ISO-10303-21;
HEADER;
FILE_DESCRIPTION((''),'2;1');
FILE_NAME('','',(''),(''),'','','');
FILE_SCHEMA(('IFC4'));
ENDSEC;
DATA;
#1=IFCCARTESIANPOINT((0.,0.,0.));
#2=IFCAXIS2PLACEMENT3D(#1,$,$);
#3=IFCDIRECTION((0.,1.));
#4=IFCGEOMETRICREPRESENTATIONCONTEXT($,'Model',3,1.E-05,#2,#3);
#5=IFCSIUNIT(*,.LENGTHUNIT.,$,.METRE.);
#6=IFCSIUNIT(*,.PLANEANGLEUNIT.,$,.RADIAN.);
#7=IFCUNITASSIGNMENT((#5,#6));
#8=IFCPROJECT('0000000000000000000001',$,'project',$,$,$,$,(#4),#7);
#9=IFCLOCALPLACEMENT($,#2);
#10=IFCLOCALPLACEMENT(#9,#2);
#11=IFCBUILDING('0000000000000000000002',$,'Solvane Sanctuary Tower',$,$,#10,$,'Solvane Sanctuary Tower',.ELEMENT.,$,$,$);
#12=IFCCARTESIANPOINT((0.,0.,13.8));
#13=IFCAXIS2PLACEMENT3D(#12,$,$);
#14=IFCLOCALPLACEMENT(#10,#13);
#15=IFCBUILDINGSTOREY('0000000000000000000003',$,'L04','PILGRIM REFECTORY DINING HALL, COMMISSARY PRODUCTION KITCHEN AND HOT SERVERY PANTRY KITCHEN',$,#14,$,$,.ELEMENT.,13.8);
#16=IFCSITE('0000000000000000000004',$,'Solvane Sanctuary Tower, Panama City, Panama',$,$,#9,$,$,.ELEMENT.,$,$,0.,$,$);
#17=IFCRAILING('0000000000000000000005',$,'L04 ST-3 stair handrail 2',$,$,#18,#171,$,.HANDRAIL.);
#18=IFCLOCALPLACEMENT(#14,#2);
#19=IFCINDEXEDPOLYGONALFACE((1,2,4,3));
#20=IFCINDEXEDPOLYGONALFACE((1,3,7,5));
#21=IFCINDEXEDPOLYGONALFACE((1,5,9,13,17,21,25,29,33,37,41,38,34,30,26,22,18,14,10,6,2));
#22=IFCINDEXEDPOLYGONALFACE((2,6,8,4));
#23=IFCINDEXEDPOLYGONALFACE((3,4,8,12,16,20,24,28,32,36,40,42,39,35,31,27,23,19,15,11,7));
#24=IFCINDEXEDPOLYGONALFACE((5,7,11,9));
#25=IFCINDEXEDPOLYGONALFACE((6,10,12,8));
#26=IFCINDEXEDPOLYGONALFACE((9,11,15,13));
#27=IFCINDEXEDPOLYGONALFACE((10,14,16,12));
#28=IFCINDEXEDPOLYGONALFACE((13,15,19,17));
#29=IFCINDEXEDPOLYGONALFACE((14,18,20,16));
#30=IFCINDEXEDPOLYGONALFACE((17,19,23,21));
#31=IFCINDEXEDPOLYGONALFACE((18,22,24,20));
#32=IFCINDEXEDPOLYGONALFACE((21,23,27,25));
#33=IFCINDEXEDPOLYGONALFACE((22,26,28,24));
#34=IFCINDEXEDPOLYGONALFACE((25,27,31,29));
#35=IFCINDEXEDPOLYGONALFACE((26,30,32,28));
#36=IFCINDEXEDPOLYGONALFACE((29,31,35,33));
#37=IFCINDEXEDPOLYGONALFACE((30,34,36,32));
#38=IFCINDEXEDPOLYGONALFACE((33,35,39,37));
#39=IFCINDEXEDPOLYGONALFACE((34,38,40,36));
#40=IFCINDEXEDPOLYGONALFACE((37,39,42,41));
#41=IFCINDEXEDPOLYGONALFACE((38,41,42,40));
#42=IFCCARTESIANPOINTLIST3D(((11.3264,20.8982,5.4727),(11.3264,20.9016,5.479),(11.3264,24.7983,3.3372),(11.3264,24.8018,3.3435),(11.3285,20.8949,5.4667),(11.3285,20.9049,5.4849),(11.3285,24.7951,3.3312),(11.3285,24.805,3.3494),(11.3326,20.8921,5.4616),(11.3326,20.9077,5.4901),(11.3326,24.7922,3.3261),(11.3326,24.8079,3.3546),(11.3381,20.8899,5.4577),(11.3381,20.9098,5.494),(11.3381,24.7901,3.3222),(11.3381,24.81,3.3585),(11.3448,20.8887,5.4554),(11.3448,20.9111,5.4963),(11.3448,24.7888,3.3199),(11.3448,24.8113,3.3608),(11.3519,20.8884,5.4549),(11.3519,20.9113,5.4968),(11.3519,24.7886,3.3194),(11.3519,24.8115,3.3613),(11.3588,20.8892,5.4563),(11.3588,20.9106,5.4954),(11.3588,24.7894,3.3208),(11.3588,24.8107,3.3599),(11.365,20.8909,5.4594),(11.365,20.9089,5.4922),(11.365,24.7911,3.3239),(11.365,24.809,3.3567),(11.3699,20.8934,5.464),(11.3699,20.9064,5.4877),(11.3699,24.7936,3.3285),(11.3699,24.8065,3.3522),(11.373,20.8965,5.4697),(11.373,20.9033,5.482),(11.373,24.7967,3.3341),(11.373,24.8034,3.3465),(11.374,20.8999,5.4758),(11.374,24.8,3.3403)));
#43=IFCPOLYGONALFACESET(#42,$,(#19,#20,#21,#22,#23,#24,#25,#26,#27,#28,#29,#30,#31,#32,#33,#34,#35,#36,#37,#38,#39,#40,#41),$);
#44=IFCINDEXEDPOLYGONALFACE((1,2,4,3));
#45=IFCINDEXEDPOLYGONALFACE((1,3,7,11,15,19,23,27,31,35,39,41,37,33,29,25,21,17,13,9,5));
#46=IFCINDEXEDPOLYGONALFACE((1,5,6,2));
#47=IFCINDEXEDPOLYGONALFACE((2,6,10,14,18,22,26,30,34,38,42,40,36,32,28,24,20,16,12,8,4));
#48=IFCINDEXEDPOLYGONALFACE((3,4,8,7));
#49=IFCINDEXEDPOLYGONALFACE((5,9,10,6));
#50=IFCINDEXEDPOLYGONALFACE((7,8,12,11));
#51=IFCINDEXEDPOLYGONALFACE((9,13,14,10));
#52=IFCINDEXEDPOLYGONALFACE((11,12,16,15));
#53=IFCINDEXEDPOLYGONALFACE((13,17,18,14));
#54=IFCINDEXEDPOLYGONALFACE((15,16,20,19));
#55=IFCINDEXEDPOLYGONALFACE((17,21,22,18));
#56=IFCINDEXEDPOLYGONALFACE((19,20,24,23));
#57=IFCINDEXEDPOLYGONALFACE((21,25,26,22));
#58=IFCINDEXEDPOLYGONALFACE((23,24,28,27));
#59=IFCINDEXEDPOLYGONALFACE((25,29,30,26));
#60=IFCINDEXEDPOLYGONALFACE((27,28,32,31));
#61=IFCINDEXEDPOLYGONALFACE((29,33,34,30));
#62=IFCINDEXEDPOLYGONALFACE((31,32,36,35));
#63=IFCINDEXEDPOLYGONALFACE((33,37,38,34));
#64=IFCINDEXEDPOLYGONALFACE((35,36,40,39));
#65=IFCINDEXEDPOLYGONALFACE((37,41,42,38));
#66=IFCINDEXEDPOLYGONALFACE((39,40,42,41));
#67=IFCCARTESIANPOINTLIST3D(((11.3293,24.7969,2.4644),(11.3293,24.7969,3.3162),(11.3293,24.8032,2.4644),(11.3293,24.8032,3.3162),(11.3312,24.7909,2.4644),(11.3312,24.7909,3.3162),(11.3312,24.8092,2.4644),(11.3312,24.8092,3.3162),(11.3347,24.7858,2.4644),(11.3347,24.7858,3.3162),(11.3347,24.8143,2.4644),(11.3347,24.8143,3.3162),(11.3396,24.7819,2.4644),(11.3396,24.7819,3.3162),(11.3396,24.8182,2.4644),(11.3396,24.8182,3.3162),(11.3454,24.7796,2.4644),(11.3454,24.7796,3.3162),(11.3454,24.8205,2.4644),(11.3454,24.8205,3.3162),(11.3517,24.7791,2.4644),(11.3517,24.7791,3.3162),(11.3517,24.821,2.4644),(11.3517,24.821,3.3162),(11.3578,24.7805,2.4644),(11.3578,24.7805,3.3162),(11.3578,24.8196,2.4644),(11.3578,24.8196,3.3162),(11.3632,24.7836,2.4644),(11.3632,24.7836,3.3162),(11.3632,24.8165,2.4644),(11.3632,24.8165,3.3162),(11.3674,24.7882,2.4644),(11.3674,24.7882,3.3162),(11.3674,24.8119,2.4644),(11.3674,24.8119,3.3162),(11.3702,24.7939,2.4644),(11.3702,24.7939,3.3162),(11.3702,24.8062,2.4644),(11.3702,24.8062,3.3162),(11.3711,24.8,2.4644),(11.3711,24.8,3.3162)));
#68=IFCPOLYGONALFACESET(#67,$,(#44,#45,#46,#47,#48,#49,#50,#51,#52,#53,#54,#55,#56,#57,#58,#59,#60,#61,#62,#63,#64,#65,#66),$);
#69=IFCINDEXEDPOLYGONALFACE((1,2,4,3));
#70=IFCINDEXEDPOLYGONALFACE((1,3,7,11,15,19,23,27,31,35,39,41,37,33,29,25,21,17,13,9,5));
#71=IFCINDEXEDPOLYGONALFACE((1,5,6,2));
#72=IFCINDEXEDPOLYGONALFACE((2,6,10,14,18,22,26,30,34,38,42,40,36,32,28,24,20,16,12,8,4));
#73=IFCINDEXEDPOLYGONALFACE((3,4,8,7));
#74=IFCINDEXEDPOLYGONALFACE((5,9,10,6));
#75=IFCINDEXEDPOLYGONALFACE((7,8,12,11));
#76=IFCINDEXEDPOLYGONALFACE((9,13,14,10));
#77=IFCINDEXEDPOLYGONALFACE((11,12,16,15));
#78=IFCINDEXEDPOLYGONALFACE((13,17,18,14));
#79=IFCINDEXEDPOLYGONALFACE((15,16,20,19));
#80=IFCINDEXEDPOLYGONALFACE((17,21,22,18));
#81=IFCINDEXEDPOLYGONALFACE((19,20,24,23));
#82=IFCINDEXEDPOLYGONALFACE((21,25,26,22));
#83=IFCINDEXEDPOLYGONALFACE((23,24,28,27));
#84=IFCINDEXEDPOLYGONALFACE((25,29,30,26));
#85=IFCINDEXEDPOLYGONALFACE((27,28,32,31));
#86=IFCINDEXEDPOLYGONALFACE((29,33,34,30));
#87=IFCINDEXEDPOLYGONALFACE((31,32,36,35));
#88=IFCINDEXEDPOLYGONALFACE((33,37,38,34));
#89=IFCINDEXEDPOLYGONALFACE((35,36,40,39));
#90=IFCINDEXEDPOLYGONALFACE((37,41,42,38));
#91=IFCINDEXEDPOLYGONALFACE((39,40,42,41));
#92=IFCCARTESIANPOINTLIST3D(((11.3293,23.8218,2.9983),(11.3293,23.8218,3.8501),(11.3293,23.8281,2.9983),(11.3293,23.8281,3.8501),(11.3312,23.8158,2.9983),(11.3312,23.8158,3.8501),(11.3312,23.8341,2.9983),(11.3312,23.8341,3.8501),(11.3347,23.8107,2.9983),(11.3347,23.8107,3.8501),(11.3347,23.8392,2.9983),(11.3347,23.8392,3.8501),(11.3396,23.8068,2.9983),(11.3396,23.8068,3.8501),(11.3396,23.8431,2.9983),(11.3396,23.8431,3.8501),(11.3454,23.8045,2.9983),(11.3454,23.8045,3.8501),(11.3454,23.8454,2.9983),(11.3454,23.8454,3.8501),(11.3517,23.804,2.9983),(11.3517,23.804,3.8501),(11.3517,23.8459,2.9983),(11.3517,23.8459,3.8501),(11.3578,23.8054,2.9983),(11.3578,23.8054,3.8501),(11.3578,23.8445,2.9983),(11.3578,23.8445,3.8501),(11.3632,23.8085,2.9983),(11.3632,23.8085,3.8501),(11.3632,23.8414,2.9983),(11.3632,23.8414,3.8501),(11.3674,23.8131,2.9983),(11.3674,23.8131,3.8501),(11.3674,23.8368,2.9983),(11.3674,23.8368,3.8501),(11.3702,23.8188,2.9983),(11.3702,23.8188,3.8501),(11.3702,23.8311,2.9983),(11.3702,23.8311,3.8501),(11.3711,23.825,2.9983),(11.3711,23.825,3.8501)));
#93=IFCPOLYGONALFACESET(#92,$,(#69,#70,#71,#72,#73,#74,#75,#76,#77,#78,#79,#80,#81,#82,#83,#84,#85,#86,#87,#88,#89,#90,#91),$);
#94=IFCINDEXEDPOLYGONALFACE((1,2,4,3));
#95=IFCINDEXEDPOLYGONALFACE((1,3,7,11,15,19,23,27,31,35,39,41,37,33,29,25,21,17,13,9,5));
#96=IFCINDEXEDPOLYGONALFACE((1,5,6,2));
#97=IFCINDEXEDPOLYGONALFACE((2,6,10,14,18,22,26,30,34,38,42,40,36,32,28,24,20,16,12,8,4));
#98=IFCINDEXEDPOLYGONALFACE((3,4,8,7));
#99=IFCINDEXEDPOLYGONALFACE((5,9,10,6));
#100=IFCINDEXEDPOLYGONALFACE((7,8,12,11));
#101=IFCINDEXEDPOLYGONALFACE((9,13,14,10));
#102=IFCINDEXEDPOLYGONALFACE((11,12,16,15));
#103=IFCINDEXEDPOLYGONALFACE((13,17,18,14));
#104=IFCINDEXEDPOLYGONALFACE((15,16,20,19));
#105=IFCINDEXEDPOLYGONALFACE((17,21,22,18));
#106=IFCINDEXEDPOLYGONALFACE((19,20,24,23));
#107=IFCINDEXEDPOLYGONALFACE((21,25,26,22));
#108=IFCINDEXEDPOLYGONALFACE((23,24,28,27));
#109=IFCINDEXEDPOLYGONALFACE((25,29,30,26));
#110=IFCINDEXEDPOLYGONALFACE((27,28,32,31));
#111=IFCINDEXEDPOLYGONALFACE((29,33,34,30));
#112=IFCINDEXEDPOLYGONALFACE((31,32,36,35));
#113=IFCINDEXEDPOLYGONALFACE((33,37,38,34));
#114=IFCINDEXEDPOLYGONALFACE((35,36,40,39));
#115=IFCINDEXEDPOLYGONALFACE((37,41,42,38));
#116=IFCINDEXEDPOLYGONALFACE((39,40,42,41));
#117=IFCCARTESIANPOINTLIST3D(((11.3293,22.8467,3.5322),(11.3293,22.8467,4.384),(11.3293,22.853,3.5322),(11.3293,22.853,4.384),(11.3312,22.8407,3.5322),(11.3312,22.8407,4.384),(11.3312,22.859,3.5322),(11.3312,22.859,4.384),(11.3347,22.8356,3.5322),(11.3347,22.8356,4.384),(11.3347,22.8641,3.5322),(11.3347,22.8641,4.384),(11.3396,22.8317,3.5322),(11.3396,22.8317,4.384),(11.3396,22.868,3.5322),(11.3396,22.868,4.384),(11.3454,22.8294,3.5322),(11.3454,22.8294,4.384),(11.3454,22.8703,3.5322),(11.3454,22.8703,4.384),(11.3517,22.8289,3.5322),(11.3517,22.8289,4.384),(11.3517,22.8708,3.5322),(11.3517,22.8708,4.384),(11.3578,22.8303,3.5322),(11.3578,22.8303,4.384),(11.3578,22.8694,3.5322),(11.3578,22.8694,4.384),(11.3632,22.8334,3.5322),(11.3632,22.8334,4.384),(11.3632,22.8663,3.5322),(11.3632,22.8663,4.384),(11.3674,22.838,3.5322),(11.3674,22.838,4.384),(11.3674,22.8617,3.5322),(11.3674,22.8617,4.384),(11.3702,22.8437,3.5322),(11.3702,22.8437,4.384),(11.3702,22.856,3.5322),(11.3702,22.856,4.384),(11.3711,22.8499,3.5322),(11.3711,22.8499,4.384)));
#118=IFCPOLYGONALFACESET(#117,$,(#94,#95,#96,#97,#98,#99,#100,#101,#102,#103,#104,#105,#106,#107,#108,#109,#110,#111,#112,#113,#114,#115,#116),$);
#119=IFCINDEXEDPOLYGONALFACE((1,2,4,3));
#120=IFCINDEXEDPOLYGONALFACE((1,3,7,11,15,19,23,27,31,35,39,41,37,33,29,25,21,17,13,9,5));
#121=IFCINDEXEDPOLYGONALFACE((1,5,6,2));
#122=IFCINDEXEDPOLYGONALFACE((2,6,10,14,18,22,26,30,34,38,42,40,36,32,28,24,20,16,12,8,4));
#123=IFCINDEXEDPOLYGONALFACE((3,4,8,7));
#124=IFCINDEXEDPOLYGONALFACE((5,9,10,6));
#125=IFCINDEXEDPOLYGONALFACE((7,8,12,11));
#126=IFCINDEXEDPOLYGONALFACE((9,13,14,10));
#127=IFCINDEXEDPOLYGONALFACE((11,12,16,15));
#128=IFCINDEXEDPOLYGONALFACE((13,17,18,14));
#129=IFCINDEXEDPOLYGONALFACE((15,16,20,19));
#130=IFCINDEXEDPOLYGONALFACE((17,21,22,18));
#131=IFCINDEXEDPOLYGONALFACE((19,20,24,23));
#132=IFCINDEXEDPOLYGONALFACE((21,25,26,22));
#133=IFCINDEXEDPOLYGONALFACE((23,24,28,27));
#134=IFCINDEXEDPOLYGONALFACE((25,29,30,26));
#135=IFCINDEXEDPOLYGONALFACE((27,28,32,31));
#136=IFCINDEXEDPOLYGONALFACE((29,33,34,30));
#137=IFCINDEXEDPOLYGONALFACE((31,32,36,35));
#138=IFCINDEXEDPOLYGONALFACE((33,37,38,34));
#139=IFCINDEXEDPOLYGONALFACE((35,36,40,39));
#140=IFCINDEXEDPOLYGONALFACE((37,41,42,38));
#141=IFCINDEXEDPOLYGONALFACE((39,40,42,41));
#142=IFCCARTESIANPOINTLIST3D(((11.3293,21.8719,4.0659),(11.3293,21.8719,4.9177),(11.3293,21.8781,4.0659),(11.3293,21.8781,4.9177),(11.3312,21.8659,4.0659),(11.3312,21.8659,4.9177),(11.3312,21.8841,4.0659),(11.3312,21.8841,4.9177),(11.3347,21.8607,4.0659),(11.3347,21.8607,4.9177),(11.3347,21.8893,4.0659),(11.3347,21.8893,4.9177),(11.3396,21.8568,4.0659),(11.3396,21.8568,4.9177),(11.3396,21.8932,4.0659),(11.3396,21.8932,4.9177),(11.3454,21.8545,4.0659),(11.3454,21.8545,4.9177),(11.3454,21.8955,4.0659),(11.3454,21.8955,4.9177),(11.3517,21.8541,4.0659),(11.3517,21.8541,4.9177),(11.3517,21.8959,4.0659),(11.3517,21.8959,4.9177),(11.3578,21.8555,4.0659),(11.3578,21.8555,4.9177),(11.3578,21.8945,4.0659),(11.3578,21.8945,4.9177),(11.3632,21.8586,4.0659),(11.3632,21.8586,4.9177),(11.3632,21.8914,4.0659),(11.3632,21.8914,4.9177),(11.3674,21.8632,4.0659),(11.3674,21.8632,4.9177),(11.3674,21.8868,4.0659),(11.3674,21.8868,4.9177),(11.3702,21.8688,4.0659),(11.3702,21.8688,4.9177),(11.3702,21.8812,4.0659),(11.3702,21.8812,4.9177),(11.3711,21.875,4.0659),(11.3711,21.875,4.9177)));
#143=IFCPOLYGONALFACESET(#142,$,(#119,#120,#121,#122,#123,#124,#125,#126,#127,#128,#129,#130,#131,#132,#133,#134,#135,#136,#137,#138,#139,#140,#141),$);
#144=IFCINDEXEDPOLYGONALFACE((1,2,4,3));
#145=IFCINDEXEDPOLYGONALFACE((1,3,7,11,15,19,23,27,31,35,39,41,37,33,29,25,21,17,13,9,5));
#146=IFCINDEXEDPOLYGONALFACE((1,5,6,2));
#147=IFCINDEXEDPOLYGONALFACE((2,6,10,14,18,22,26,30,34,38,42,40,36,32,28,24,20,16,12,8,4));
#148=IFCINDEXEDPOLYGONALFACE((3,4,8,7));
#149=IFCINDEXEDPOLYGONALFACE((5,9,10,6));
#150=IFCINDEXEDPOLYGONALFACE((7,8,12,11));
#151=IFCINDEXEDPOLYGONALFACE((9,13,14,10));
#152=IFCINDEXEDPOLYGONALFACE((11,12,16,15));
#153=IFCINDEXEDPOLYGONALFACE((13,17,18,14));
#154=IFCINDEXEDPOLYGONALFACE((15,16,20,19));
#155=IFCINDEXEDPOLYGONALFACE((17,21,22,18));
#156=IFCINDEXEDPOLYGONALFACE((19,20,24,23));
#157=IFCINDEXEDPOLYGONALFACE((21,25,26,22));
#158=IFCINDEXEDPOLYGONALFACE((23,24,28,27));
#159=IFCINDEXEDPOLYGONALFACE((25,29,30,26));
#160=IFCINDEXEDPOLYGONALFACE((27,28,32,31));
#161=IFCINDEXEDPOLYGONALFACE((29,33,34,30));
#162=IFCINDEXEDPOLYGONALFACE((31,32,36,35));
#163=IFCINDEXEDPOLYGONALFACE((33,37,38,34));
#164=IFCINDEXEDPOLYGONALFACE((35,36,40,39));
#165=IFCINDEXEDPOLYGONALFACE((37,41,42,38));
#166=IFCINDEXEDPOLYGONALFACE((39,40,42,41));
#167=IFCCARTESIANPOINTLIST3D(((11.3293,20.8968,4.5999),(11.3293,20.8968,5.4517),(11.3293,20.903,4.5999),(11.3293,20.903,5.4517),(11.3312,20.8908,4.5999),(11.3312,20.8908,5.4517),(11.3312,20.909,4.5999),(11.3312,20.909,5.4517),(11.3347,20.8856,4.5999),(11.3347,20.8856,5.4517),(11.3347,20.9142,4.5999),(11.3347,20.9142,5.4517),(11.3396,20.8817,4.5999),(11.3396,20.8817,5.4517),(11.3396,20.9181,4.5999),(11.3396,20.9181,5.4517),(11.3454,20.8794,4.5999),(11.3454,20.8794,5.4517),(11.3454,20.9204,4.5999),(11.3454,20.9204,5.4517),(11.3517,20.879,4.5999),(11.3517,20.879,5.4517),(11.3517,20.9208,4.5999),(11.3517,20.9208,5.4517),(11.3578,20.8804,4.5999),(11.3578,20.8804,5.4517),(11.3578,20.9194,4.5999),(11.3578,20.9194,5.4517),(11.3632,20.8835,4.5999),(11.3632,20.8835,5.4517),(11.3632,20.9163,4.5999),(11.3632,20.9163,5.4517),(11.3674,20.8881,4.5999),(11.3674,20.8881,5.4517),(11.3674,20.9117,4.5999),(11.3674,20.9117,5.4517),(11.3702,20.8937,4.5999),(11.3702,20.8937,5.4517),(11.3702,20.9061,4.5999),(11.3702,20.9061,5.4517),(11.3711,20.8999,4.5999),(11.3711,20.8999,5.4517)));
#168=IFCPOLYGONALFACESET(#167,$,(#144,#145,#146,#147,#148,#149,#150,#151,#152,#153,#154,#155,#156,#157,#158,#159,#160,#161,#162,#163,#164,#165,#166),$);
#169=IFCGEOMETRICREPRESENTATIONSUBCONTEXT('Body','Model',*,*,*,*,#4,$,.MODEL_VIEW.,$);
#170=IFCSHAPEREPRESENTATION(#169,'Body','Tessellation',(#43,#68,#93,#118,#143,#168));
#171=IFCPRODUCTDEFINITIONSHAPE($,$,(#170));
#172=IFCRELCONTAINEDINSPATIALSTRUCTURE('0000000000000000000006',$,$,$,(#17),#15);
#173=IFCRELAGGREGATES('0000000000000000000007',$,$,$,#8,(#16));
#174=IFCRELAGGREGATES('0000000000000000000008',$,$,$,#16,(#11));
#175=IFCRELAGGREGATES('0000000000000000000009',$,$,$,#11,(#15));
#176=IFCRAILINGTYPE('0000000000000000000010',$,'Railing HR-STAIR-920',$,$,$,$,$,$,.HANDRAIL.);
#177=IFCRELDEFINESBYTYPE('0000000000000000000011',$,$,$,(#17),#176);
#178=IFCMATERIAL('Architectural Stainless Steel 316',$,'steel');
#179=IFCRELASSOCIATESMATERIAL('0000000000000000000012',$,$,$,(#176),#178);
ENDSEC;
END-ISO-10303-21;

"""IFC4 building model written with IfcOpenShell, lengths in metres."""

from ifc_helpers import new_model, si_unit, direction, frame, origin, origin_2d, place, context, subcontext, project, spatial, circle, extrude, material, type_object, element, save


model = new_model("IFC4")

# Units and contexts
model_context = context("Model", 3, precision=1e-05, world=origin(), true_north=direction((0.0, 1.0)))
body_context = subcontext(model_context, "Body", "Model", "MODEL_VIEW")
ifc_project = project(units=[si_unit("LENGTHUNIT", "METRE"), si_unit("PLANEANGLEUNIT", "RADIAN")], contexts=[model_context])

# Site, building, storey
site_placement = place(None, origin())
site = spatial("IfcSite", under=ifc_project, at=site_placement, Name="Solvane Sanctuary Tower, Panama City, Panama", CompositionType="ELEMENT", RefElevation=0.0)
building_placement = place(site_placement, origin())
building = spatial("IfcBuilding", under=site, at=building_placement, Name="Solvane Sanctuary Tower", LongName="Solvane Sanctuary Tower", CompositionType="ELEMENT")
storey_placement = place(building_placement, frame((0.0, 0.0, 13.8)))
storey = spatial("IfcBuildingStorey", under=building, at=storey_placement, Name="L04", Description="PILGRIM REFECTORY DINING HALL, COMMISSARY PRODUCTION KITCHEN AND HOT SERVERY PANTRY KITCHEN", CompositionType="ELEMENT", Elevation=13.8)

# Railing
ifc_material_1 = material(Name="Architectural Stainless Steel 316", Category="steel")
railing_type_1 = type_object("IfcRailingType", Name="Railing HR-STAIR-920", PredefinedType="HANDRAIL", material=ifc_material_1)
railing_1_placement = place(storey_placement, frame((11.3501, 24.8, 2.4644)))
element("IfcRailing", 1, at=railing_1_placement, inside=storey, type_object=railing_type_1, Name="L04 ST-3 stair handrail 2", PredefinedType="HANDRAIL", context=body_context, shape_type="SweptSolid", body=[
    extrude(circle(Radius=0.0239, at=origin_2d()), frame((0.0, 0.0, 0.876), z_axis=(0.0, -0.877124, 0.480263), x_axis=(1.0, 0.0, 0.0)), (0.0, 0.0, 1.0), 4.4465),
    extrude(circle(Radius=0.021, at=origin_2d()), origin(), (0.0, 0.0, 1.0), 0.8518),
    extrude(circle(Radius=0.021, at=origin_2d()), frame((0.0, -0.9751, 0.5339)), (0.0, 0.0, 1.0), 0.8518),
    extrude(circle(Radius=0.021, at=origin_2d()), frame((0.0, -1.9502, 1.0679)), (0.0, 0.0, 1.0), 0.8518),
    extrude(circle(Radius=0.021, at=origin_2d()), frame((0.0, -2.925, 1.6016)), (0.0, 0.0, 1.0), 0.8518),
    extrude(circle(Radius=0.021, at=origin_2d()), frame((0.0, -3.9001, 2.1355)), (0.0, 0.0, 1.0), 0.8518),
])

save(model, "model.ifc")
